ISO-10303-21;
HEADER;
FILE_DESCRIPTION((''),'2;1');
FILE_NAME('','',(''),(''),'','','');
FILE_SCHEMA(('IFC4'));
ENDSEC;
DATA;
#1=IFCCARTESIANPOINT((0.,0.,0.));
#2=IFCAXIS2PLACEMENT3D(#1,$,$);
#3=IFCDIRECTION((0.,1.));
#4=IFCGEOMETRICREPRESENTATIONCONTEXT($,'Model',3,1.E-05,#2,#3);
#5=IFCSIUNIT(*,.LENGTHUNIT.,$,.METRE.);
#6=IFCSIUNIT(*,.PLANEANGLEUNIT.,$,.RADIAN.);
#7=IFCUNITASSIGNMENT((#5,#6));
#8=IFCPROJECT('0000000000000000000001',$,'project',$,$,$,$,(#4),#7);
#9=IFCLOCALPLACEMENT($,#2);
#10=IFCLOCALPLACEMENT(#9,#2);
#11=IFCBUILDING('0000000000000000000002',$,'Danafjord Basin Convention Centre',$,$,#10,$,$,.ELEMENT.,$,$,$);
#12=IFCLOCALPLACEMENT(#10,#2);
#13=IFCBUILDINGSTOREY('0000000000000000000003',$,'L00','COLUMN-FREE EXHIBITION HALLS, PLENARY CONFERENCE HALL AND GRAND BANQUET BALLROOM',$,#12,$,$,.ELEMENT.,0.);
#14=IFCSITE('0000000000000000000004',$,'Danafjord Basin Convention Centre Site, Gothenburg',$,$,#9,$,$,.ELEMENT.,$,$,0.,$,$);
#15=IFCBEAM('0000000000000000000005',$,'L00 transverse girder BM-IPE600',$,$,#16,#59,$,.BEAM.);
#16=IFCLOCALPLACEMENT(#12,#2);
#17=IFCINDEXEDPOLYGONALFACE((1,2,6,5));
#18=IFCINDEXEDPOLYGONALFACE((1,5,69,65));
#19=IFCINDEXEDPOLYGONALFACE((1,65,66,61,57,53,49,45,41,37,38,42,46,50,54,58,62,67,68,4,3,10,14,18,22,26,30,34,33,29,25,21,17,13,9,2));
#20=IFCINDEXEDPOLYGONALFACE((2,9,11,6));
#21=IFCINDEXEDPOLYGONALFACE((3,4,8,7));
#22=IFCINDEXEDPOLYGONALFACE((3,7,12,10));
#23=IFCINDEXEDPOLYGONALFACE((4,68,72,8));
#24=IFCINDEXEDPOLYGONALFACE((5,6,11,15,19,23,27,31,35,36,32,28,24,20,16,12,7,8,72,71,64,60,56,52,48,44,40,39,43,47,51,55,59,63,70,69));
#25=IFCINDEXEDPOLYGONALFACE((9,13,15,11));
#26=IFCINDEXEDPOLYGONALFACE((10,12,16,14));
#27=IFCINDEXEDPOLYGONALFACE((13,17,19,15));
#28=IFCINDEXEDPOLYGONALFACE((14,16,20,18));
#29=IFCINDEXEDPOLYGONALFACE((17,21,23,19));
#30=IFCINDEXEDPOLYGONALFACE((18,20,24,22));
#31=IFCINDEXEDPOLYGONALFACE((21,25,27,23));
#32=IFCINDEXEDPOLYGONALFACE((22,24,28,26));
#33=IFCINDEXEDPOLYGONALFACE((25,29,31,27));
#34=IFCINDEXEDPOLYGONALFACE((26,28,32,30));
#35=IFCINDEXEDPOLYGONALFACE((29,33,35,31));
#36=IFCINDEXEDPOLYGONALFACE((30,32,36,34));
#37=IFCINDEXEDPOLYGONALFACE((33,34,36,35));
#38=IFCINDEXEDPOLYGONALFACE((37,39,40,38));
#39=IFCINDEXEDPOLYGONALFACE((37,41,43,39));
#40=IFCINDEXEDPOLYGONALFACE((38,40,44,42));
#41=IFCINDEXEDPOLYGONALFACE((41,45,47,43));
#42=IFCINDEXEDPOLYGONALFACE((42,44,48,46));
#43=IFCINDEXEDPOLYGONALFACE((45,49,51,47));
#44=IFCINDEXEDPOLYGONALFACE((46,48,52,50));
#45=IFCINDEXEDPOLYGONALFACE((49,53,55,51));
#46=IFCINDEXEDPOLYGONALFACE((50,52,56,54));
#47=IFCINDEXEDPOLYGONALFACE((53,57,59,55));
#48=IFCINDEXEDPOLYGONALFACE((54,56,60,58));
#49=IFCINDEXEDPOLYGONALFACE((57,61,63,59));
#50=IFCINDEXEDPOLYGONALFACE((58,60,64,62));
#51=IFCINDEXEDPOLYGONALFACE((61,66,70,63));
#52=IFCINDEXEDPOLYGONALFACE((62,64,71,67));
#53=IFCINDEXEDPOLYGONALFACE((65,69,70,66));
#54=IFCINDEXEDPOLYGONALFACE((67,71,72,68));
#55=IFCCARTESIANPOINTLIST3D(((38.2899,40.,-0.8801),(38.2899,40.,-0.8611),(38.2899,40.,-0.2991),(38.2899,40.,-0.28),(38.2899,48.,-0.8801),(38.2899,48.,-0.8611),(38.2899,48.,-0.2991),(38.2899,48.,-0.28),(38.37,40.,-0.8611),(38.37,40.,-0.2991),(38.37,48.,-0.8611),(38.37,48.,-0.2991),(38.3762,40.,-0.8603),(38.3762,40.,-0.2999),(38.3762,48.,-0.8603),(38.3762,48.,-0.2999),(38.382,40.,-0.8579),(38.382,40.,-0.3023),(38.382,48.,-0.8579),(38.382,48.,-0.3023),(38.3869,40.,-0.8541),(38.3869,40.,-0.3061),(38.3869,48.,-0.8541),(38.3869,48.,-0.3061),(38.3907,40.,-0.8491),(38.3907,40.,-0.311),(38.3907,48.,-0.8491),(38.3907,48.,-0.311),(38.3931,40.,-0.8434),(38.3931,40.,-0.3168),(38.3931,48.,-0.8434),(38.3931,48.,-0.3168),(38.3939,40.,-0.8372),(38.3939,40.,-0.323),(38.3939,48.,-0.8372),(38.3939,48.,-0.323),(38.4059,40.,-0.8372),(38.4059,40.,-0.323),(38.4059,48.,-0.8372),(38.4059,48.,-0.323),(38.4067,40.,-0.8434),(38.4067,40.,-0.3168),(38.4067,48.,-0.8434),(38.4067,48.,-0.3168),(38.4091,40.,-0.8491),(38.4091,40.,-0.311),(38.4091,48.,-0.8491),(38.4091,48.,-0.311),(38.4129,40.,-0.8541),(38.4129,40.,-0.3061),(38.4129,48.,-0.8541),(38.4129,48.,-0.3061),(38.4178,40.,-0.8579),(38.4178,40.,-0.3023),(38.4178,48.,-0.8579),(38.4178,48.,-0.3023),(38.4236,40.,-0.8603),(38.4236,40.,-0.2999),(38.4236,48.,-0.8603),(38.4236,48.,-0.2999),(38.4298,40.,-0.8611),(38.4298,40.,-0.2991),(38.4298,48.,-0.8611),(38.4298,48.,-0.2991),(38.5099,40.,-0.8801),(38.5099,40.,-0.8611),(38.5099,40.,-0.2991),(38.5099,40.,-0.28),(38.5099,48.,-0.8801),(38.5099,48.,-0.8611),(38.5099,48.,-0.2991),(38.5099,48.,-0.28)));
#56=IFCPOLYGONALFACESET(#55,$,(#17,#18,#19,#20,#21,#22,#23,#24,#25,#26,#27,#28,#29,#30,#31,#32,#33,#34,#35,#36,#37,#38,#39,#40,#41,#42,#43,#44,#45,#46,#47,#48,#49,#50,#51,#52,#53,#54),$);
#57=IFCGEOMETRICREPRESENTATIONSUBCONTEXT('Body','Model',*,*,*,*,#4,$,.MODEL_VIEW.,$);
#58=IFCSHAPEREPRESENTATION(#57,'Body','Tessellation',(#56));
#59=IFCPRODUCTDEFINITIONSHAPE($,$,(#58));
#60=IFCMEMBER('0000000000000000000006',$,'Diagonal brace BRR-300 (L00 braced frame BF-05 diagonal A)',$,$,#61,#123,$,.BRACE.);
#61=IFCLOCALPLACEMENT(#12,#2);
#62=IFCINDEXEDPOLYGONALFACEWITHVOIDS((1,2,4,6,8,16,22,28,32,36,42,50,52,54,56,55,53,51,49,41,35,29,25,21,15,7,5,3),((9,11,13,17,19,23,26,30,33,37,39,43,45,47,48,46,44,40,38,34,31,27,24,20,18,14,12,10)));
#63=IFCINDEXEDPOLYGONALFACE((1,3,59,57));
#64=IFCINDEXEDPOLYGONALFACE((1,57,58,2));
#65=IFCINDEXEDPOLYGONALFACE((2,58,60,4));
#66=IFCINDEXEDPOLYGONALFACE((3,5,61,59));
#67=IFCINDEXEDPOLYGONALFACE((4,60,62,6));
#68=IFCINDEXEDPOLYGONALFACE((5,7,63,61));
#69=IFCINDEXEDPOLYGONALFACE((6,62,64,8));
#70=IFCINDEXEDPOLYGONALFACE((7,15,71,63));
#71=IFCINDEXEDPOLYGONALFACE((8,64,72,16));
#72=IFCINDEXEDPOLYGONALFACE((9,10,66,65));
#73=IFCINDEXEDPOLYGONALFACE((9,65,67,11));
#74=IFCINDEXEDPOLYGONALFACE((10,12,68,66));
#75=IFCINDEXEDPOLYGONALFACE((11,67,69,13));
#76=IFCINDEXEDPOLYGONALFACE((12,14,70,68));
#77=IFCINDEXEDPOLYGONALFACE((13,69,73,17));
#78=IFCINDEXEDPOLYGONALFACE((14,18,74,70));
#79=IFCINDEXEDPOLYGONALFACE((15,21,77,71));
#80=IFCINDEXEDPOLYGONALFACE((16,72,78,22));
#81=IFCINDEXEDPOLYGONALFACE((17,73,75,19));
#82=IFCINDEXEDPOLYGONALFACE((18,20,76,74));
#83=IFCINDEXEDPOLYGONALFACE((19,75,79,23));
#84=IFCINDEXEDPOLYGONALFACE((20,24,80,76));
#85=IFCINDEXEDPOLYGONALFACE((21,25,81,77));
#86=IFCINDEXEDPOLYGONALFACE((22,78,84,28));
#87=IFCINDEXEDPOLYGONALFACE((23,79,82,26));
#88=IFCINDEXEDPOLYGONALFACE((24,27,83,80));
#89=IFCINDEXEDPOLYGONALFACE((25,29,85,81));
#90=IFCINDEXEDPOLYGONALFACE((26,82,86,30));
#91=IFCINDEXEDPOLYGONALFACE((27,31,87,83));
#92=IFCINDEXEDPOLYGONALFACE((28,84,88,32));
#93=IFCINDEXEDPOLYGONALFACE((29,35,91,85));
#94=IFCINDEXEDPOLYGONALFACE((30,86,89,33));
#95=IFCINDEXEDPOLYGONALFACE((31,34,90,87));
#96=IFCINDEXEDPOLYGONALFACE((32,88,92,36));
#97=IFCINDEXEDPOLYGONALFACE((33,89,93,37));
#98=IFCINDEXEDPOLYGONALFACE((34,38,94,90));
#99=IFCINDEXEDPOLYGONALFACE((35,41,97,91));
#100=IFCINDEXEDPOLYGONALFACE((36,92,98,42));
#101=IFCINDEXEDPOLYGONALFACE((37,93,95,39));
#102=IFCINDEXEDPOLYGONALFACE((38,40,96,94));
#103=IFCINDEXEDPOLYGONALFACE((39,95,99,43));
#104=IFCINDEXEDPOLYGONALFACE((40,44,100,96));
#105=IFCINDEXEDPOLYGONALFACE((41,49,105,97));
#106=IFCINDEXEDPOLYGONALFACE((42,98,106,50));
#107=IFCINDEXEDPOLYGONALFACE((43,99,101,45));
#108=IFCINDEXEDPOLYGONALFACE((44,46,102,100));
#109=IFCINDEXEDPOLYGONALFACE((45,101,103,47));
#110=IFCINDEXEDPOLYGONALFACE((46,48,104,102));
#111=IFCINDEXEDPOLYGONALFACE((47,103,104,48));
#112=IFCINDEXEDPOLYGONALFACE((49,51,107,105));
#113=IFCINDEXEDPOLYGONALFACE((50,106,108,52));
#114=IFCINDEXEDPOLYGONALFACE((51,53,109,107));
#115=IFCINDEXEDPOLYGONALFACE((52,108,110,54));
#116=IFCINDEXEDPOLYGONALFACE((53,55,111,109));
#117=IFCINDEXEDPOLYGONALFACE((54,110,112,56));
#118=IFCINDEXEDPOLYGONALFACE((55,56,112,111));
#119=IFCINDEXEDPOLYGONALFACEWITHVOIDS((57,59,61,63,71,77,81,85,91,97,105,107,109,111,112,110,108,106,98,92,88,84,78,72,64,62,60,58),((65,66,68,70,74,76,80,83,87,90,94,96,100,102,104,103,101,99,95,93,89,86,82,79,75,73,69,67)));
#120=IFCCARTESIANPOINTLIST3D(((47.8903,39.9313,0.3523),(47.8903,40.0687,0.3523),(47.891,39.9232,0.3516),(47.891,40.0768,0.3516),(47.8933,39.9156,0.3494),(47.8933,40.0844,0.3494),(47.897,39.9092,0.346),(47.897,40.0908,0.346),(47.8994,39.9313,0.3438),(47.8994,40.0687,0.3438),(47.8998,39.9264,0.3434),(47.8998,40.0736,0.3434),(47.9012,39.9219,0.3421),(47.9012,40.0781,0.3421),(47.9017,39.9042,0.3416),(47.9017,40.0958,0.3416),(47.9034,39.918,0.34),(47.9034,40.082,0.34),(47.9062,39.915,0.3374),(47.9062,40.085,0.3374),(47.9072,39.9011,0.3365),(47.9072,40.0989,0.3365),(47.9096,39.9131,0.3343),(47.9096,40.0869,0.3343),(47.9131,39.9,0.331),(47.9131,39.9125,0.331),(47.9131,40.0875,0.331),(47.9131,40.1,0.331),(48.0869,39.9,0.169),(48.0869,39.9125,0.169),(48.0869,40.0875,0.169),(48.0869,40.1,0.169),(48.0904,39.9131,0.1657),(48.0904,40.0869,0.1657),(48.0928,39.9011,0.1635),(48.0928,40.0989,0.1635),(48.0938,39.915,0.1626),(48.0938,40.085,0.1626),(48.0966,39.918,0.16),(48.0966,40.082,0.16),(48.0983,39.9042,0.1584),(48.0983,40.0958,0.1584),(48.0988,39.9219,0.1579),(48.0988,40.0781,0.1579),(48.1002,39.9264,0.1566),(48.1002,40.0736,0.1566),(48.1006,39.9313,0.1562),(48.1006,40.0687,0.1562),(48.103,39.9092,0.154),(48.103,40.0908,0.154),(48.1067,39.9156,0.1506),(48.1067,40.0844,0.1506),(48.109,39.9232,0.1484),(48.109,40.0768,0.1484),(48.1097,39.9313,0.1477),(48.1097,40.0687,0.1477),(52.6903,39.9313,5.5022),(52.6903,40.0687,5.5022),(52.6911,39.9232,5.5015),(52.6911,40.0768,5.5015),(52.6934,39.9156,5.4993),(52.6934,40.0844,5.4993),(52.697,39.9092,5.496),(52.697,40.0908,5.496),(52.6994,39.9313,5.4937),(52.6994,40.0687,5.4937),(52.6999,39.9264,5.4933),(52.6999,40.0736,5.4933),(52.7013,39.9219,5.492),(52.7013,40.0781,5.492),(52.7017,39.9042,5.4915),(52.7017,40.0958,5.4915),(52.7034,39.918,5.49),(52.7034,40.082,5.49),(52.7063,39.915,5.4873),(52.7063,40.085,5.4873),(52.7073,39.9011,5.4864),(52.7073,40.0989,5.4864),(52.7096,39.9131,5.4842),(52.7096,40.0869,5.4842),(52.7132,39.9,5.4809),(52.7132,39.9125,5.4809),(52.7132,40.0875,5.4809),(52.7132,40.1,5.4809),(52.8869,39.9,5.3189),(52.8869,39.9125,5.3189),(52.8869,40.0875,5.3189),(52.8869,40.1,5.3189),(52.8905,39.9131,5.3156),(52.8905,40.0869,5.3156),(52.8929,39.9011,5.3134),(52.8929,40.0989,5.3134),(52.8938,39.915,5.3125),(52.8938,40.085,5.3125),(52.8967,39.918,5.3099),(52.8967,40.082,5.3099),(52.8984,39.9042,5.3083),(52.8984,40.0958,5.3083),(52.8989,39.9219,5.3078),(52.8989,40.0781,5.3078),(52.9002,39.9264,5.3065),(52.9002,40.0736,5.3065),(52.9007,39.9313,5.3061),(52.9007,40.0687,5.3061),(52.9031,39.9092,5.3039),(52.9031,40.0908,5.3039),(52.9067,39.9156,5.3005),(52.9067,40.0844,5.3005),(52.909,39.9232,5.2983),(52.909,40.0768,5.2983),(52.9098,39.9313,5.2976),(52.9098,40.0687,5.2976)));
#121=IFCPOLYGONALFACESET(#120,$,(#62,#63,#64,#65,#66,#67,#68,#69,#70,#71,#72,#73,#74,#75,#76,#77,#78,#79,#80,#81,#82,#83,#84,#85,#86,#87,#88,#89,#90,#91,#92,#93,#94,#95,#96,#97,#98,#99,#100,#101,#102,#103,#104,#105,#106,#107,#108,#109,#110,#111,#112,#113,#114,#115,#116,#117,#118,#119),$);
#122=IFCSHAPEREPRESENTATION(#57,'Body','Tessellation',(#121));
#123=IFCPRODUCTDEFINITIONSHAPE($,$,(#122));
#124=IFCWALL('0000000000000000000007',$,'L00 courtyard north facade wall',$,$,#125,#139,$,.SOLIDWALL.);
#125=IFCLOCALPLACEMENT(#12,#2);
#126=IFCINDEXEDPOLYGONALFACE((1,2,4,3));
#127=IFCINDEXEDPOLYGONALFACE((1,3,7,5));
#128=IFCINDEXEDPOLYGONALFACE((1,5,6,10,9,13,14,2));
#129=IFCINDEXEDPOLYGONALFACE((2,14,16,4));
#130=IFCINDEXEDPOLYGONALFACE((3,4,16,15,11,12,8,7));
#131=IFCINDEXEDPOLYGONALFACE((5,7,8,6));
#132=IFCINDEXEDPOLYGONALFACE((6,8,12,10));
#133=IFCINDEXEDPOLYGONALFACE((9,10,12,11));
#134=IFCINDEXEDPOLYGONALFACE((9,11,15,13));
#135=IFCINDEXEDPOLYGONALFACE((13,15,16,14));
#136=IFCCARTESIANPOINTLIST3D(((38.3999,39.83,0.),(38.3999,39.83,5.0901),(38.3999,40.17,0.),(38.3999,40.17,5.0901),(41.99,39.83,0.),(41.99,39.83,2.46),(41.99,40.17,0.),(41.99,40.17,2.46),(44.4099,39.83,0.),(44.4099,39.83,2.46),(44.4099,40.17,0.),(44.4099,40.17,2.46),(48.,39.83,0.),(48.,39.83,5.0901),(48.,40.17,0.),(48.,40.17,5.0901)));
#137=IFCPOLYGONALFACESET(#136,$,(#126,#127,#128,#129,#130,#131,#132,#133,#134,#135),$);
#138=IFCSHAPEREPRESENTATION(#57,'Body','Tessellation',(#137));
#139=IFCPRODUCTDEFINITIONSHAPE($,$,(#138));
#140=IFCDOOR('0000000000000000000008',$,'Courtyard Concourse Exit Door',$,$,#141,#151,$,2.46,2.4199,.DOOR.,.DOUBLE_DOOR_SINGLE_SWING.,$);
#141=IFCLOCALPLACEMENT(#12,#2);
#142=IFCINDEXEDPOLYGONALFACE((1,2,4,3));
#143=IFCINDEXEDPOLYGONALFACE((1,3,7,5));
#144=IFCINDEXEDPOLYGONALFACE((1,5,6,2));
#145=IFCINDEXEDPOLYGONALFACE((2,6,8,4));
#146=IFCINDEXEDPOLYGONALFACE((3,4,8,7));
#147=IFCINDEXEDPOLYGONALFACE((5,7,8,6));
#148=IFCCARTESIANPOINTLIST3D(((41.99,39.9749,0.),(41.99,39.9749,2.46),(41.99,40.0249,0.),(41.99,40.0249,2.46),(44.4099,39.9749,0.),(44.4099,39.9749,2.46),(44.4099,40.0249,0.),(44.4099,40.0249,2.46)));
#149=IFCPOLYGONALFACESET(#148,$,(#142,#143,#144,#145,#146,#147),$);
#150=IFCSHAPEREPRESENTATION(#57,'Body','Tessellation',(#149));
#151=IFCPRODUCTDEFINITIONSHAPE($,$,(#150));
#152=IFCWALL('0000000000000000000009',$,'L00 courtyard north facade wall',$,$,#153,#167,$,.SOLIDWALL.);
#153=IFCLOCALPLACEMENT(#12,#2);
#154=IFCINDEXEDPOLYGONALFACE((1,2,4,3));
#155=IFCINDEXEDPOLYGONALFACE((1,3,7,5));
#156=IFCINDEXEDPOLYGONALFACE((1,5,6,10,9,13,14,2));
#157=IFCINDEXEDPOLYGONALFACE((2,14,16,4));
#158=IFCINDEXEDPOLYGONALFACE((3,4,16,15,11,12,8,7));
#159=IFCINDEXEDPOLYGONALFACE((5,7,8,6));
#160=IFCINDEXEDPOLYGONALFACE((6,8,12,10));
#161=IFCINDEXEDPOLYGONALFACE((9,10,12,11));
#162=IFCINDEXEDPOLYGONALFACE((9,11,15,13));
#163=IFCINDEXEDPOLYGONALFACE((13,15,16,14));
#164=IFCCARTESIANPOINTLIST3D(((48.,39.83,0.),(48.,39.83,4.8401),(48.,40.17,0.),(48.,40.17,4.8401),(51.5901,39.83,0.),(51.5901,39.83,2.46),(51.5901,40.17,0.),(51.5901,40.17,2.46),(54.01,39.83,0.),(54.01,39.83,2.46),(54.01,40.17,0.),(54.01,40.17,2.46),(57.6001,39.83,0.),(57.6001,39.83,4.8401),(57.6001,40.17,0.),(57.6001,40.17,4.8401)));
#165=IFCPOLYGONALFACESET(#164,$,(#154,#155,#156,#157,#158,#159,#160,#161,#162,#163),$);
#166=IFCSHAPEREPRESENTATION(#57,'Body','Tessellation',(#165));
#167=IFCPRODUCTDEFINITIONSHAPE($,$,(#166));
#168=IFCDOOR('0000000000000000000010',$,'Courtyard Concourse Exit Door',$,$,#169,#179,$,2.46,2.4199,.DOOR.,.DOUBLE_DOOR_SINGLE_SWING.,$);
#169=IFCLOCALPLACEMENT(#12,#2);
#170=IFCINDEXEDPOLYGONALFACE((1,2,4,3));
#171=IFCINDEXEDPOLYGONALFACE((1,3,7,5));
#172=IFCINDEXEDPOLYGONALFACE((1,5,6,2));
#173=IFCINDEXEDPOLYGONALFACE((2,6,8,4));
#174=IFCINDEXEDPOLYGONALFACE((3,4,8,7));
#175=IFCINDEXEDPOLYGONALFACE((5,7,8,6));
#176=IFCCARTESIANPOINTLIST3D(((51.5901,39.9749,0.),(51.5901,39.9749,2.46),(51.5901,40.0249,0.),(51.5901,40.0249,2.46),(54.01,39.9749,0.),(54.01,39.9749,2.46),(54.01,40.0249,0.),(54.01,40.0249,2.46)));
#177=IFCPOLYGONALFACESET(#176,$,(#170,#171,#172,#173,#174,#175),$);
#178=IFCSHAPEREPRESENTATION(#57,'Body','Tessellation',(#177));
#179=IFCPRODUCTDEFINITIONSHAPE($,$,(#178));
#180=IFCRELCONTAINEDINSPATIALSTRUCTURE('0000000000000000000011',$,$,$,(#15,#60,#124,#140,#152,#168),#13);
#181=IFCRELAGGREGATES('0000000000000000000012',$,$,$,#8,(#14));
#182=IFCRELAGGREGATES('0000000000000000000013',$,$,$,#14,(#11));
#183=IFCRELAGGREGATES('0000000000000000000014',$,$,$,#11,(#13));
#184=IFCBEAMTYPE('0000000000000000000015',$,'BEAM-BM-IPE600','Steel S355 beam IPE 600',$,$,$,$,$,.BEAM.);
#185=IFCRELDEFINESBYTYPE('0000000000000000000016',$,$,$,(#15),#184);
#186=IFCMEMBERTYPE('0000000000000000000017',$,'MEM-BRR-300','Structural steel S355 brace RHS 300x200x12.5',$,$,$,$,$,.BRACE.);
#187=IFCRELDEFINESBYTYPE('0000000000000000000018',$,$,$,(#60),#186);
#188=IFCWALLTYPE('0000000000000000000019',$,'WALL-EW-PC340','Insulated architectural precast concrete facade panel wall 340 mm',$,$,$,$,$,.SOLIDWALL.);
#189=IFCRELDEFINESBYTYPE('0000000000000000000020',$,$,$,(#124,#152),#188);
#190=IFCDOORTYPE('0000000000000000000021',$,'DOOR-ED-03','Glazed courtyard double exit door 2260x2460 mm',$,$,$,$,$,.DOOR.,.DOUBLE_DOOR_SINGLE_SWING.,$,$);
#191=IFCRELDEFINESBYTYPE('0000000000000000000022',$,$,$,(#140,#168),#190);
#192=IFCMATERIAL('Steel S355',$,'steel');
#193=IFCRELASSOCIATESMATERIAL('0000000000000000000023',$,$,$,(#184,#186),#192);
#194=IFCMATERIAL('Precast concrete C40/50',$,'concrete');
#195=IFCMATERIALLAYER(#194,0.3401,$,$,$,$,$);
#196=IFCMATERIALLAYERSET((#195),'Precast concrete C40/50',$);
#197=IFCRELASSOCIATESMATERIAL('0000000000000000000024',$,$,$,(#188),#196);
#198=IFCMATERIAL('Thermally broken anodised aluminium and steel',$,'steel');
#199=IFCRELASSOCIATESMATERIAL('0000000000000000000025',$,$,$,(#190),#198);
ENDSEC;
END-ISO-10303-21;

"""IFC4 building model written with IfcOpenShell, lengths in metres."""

from ifc_helpers import new_model, si_unit, direction, frame, frame_2d, origin, origin_2d, place, context, subcontext, project, spatial, rectangle, hollow_rectangle, i_section, extrude, material, layer, layer_set, material_profile, profile_set, type_object, element, fill, save


model = new_model("IFC4")

# Units and contexts
model_context = context("Model", 3, precision=1e-05, world=origin(), true_north=direction((0.0, 1.0)))
body_context = subcontext(model_context, "Body", "Model", "MODEL_VIEW")
ifc_project = project(units=[si_unit("LENGTHUNIT", "METRE"), si_unit("PLANEANGLEUNIT", "RADIAN")], contexts=[model_context])

# Site, building, storey
site_placement = place(None, origin())
site = spatial("IfcSite", under=ifc_project, at=site_placement, Name="Danafjord Basin Convention Centre Site, Gothenburg", CompositionType="ELEMENT", RefElevation=0.0)
building_placement = place(site_placement, origin())
building = spatial("IfcBuilding", under=site, at=building_placement, Name="Danafjord Basin Convention Centre", CompositionType="ELEMENT")
storey_placement = place(building_placement, origin())
storey = spatial("IfcBuildingStorey", under=building, at=storey_placement, Name="L00", Description="COLUMN-FREE EXHIBITION HALLS, PLENARY CONFERENCE HALL AND GRAND BANQUET BALLROOM", CompositionType="ELEMENT", Elevation=0.0)

# Shared definitions
ifc_material_1 = material(Name="Steel S355", Category="steel")

# Beam
ifc_material_profile_1 = material_profile(ifc_material_1, i_section(OverallWidth=0.22, OverallDepth=0.6001, WebThickness=0.012, FlangeThickness=0.019, FilletRadius=0.0239, at=origin_2d()), Name="IPE 600")
ifc_profile_set_1 = profile_set([ifc_material_profile_1], Name="Steel S355")
beam_type_1 = type_object("IfcBeamType", Name="BEAM-BM-IPE600", Description="Steel S355 beam IPE 600", PredefinedType="BEAM", material=ifc_profile_set_1)
beam_1_placement = place(storey_placement, frame((38.3999, 40.0, -0.5801), z_axis=(0.0, 1.0, 0.0), x_axis=(-1.0, 0.0, 0.0)))
element("IfcBeam", 1, at=beam_1_placement, inside=storey, type_object=beam_type_1, Name="L00 transverse girder BM-IPE600", PredefinedType="BEAM", context=body_context, shape_type="SweptSolid", body=[
    extrude(i_section(OverallWidth=0.22, OverallDepth=0.6001, WebThickness=0.012, FlangeThickness=0.019, FilletRadius=0.0239, at=origin_2d()), origin(), (0.0, 0.0, 1.0), 8.0),
])

# Member
ifc_material_profile_2 = material_profile(ifc_material_1, hollow_rectangle(XDim=0.2, YDim=0.3, WallThickness=0.0125, InnerFilletRadius=0.0188, OuterFilletRadius=0.0312, at=origin_2d()), Name="RHS 300x200x12.5")
ifc_profile_set_2 = profile_set([ifc_material_profile_2], Name="Steel S355")
member_type = type_object("IfcMemberType", Name="MEM-BRR-300", Description="Structural steel S355 brace RHS 300x200x12.5", PredefinedType="BRACE", material=ifc_profile_set_2)
member_placement = place(storey_placement, frame((48.0, 40.0, 0.25), z_axis=(0.681823, 0.0, 0.731518), x_axis=(0.0, 1.0, 0.0)))
element("IfcMember", 2, at=member_placement, inside=storey, type_object=member_type, Name="Diagonal brace BRR-300 (L00 braced frame BF-05 diagonal A)", PredefinedType="BRACE", context=body_context, shape_type="SweptSolid", body=[
    extrude(hollow_rectangle(XDim=0.2, YDim=0.3, WallThickness=0.0125, InnerFilletRadius=0.0188, OuterFilletRadius=0.0312, at=origin_2d()), origin(), (0.0, 0.0, 1.0), 7.04),
])

# Walls, openings, doors
ifc_material_2 = material(Name="Precast concrete C40/50", Category="concrete")
ifc_layer_1 = layer(ifc_material_2, 0.3401)
ifc_layer_set_1 = layer_set([ifc_layer_1], Name="Precast concrete C40/50")
wall_type_1 = type_object("IfcWallType", Name="WALL-EW-PC340", Description="Insulated architectural precast concrete facade panel wall 340 mm", PredefinedType="SOLIDWALL", material=ifc_layer_set_1)
wall_1_placement = place(storey_placement, frame((38.3999, 40.0, 0.0), z_axis=(0.0, 0.0, 1.0), x_axis=(1.0, 0.0, 0.0)))
wall_1 = element("IfcWall", 3, at=wall_1_placement, inside=storey, type_object=wall_type_1, Name="L00 courtyard north facade wall", PredefinedType="SOLIDWALL", context=body_context, shape_type="SweptSolid", body=[
    extrude(rectangle(XDim=9.6001, YDim=0.3401, at=frame_2d((4.8, 0.0))), origin(), (0.0, 0.0, 1.0), 5.0901),
])
opening_1_placement = place(wall_1_placement, frame((3.5901, 0.0, 0.0)))
opening_1 = element("IfcOpeningElement", 4, at=opening_1_placement, cuts=wall_1, PredefinedType="OPENING", context=body_context, shape_type="SweptSolid", body=[
    extrude(rectangle(XDim=2.4199, YDim=2.46, at=frame_2d((1.21, 1.23))), frame((0.0, 0.1799, 0.0), z_axis=(0.0, -1.0, 0.0), x_axis=(1.0, 0.0, 0.0)), (0.0, 0.0, 1.0), 0.3601),
])
ifc_material_3 = material(Name="Thermally broken anodised aluminium and steel", Category="steel")
door_type_1 = type_object("IfcDoorType", Name="DOOR-ED-03", Description="Glazed courtyard double exit door 2260x2460 mm", OperationType="DOUBLE_DOOR_SINGLE_SWING", PredefinedType="DOOR", material=ifc_material_3)
door_1_placement = place(opening_1_placement, origin())
door_1 = element("IfcDoor", 5, at=door_1_placement, inside=storey, type_object=door_type_1, Name="Courtyard Concourse Exit Door", OperationType="DOUBLE_DOOR_SINGLE_SWING", OverallHeight=2.46, OverallWidth=2.4199, PredefinedType="DOOR", context=body_context, shape_type="SweptSolid", body=[
    extrude(rectangle(XDim=2.4199, YDim=2.46, at=frame_2d((1.21, 1.23))), frame((0.0, 0.0249, 0.0), z_axis=(0.0, -1.0, 0.0), x_axis=(1.0, 0.0, 0.0)), (0.0, 0.0, 1.0), 0.05),
])
fill(opening_1, door_1)
wall_2_placement = place(storey_placement, frame((48.0, 40.0, 0.0), z_axis=(0.0, 0.0, 1.0), x_axis=(1.0, 0.0, 0.0)))
wall_2 = element("IfcWall", 6, at=wall_2_placement, inside=storey, type_object=wall_type_1, Name="L00 courtyard north facade wall", PredefinedType="SOLIDWALL", context=body_context, shape_type="SweptSolid", body=[
    extrude(rectangle(XDim=9.6001, YDim=0.3401, at=frame_2d((4.8, 0.0))), origin(), (0.0, 0.0, 1.0), 4.8401),
])
opening_2_placement = place(wall_2_placement, frame((3.5901, 0.0, 0.0)))
opening_2 = element("IfcOpeningElement", 7, at=opening_2_placement, cuts=wall_2, PredefinedType="OPENING", context=body_context, shape_type="SweptSolid", body=[
    extrude(rectangle(XDim=2.4199, YDim=2.46, at=frame_2d((1.21, 1.23))), frame((0.0, 0.1799, 0.0), z_axis=(0.0, -1.0, 0.0), x_axis=(1.0, 0.0, 0.0)), (0.0, 0.0, 1.0), 0.3601),
])
door_2_placement = place(opening_2_placement, origin())
door_2 = element("IfcDoor", 8, at=door_2_placement, inside=storey, type_object=door_type_1, Name="Courtyard Concourse Exit Door", OperationType="DOUBLE_DOOR_SINGLE_SWING", OverallHeight=2.46, OverallWidth=2.4199, PredefinedType="DOOR", context=body_context, shape_type="SweptSolid", body=[
    extrude(rectangle(XDim=2.4199, YDim=2.46, at=frame_2d((1.21, 1.23))), frame((0.0, 0.0249, 0.0), z_axis=(0.0, -1.0, 0.0), x_axis=(1.0, 0.0, 0.0)), (0.0, 0.0, 1.0), 0.05),
])
fill(opening_2, door_2)

save(model, "model.ifc")
